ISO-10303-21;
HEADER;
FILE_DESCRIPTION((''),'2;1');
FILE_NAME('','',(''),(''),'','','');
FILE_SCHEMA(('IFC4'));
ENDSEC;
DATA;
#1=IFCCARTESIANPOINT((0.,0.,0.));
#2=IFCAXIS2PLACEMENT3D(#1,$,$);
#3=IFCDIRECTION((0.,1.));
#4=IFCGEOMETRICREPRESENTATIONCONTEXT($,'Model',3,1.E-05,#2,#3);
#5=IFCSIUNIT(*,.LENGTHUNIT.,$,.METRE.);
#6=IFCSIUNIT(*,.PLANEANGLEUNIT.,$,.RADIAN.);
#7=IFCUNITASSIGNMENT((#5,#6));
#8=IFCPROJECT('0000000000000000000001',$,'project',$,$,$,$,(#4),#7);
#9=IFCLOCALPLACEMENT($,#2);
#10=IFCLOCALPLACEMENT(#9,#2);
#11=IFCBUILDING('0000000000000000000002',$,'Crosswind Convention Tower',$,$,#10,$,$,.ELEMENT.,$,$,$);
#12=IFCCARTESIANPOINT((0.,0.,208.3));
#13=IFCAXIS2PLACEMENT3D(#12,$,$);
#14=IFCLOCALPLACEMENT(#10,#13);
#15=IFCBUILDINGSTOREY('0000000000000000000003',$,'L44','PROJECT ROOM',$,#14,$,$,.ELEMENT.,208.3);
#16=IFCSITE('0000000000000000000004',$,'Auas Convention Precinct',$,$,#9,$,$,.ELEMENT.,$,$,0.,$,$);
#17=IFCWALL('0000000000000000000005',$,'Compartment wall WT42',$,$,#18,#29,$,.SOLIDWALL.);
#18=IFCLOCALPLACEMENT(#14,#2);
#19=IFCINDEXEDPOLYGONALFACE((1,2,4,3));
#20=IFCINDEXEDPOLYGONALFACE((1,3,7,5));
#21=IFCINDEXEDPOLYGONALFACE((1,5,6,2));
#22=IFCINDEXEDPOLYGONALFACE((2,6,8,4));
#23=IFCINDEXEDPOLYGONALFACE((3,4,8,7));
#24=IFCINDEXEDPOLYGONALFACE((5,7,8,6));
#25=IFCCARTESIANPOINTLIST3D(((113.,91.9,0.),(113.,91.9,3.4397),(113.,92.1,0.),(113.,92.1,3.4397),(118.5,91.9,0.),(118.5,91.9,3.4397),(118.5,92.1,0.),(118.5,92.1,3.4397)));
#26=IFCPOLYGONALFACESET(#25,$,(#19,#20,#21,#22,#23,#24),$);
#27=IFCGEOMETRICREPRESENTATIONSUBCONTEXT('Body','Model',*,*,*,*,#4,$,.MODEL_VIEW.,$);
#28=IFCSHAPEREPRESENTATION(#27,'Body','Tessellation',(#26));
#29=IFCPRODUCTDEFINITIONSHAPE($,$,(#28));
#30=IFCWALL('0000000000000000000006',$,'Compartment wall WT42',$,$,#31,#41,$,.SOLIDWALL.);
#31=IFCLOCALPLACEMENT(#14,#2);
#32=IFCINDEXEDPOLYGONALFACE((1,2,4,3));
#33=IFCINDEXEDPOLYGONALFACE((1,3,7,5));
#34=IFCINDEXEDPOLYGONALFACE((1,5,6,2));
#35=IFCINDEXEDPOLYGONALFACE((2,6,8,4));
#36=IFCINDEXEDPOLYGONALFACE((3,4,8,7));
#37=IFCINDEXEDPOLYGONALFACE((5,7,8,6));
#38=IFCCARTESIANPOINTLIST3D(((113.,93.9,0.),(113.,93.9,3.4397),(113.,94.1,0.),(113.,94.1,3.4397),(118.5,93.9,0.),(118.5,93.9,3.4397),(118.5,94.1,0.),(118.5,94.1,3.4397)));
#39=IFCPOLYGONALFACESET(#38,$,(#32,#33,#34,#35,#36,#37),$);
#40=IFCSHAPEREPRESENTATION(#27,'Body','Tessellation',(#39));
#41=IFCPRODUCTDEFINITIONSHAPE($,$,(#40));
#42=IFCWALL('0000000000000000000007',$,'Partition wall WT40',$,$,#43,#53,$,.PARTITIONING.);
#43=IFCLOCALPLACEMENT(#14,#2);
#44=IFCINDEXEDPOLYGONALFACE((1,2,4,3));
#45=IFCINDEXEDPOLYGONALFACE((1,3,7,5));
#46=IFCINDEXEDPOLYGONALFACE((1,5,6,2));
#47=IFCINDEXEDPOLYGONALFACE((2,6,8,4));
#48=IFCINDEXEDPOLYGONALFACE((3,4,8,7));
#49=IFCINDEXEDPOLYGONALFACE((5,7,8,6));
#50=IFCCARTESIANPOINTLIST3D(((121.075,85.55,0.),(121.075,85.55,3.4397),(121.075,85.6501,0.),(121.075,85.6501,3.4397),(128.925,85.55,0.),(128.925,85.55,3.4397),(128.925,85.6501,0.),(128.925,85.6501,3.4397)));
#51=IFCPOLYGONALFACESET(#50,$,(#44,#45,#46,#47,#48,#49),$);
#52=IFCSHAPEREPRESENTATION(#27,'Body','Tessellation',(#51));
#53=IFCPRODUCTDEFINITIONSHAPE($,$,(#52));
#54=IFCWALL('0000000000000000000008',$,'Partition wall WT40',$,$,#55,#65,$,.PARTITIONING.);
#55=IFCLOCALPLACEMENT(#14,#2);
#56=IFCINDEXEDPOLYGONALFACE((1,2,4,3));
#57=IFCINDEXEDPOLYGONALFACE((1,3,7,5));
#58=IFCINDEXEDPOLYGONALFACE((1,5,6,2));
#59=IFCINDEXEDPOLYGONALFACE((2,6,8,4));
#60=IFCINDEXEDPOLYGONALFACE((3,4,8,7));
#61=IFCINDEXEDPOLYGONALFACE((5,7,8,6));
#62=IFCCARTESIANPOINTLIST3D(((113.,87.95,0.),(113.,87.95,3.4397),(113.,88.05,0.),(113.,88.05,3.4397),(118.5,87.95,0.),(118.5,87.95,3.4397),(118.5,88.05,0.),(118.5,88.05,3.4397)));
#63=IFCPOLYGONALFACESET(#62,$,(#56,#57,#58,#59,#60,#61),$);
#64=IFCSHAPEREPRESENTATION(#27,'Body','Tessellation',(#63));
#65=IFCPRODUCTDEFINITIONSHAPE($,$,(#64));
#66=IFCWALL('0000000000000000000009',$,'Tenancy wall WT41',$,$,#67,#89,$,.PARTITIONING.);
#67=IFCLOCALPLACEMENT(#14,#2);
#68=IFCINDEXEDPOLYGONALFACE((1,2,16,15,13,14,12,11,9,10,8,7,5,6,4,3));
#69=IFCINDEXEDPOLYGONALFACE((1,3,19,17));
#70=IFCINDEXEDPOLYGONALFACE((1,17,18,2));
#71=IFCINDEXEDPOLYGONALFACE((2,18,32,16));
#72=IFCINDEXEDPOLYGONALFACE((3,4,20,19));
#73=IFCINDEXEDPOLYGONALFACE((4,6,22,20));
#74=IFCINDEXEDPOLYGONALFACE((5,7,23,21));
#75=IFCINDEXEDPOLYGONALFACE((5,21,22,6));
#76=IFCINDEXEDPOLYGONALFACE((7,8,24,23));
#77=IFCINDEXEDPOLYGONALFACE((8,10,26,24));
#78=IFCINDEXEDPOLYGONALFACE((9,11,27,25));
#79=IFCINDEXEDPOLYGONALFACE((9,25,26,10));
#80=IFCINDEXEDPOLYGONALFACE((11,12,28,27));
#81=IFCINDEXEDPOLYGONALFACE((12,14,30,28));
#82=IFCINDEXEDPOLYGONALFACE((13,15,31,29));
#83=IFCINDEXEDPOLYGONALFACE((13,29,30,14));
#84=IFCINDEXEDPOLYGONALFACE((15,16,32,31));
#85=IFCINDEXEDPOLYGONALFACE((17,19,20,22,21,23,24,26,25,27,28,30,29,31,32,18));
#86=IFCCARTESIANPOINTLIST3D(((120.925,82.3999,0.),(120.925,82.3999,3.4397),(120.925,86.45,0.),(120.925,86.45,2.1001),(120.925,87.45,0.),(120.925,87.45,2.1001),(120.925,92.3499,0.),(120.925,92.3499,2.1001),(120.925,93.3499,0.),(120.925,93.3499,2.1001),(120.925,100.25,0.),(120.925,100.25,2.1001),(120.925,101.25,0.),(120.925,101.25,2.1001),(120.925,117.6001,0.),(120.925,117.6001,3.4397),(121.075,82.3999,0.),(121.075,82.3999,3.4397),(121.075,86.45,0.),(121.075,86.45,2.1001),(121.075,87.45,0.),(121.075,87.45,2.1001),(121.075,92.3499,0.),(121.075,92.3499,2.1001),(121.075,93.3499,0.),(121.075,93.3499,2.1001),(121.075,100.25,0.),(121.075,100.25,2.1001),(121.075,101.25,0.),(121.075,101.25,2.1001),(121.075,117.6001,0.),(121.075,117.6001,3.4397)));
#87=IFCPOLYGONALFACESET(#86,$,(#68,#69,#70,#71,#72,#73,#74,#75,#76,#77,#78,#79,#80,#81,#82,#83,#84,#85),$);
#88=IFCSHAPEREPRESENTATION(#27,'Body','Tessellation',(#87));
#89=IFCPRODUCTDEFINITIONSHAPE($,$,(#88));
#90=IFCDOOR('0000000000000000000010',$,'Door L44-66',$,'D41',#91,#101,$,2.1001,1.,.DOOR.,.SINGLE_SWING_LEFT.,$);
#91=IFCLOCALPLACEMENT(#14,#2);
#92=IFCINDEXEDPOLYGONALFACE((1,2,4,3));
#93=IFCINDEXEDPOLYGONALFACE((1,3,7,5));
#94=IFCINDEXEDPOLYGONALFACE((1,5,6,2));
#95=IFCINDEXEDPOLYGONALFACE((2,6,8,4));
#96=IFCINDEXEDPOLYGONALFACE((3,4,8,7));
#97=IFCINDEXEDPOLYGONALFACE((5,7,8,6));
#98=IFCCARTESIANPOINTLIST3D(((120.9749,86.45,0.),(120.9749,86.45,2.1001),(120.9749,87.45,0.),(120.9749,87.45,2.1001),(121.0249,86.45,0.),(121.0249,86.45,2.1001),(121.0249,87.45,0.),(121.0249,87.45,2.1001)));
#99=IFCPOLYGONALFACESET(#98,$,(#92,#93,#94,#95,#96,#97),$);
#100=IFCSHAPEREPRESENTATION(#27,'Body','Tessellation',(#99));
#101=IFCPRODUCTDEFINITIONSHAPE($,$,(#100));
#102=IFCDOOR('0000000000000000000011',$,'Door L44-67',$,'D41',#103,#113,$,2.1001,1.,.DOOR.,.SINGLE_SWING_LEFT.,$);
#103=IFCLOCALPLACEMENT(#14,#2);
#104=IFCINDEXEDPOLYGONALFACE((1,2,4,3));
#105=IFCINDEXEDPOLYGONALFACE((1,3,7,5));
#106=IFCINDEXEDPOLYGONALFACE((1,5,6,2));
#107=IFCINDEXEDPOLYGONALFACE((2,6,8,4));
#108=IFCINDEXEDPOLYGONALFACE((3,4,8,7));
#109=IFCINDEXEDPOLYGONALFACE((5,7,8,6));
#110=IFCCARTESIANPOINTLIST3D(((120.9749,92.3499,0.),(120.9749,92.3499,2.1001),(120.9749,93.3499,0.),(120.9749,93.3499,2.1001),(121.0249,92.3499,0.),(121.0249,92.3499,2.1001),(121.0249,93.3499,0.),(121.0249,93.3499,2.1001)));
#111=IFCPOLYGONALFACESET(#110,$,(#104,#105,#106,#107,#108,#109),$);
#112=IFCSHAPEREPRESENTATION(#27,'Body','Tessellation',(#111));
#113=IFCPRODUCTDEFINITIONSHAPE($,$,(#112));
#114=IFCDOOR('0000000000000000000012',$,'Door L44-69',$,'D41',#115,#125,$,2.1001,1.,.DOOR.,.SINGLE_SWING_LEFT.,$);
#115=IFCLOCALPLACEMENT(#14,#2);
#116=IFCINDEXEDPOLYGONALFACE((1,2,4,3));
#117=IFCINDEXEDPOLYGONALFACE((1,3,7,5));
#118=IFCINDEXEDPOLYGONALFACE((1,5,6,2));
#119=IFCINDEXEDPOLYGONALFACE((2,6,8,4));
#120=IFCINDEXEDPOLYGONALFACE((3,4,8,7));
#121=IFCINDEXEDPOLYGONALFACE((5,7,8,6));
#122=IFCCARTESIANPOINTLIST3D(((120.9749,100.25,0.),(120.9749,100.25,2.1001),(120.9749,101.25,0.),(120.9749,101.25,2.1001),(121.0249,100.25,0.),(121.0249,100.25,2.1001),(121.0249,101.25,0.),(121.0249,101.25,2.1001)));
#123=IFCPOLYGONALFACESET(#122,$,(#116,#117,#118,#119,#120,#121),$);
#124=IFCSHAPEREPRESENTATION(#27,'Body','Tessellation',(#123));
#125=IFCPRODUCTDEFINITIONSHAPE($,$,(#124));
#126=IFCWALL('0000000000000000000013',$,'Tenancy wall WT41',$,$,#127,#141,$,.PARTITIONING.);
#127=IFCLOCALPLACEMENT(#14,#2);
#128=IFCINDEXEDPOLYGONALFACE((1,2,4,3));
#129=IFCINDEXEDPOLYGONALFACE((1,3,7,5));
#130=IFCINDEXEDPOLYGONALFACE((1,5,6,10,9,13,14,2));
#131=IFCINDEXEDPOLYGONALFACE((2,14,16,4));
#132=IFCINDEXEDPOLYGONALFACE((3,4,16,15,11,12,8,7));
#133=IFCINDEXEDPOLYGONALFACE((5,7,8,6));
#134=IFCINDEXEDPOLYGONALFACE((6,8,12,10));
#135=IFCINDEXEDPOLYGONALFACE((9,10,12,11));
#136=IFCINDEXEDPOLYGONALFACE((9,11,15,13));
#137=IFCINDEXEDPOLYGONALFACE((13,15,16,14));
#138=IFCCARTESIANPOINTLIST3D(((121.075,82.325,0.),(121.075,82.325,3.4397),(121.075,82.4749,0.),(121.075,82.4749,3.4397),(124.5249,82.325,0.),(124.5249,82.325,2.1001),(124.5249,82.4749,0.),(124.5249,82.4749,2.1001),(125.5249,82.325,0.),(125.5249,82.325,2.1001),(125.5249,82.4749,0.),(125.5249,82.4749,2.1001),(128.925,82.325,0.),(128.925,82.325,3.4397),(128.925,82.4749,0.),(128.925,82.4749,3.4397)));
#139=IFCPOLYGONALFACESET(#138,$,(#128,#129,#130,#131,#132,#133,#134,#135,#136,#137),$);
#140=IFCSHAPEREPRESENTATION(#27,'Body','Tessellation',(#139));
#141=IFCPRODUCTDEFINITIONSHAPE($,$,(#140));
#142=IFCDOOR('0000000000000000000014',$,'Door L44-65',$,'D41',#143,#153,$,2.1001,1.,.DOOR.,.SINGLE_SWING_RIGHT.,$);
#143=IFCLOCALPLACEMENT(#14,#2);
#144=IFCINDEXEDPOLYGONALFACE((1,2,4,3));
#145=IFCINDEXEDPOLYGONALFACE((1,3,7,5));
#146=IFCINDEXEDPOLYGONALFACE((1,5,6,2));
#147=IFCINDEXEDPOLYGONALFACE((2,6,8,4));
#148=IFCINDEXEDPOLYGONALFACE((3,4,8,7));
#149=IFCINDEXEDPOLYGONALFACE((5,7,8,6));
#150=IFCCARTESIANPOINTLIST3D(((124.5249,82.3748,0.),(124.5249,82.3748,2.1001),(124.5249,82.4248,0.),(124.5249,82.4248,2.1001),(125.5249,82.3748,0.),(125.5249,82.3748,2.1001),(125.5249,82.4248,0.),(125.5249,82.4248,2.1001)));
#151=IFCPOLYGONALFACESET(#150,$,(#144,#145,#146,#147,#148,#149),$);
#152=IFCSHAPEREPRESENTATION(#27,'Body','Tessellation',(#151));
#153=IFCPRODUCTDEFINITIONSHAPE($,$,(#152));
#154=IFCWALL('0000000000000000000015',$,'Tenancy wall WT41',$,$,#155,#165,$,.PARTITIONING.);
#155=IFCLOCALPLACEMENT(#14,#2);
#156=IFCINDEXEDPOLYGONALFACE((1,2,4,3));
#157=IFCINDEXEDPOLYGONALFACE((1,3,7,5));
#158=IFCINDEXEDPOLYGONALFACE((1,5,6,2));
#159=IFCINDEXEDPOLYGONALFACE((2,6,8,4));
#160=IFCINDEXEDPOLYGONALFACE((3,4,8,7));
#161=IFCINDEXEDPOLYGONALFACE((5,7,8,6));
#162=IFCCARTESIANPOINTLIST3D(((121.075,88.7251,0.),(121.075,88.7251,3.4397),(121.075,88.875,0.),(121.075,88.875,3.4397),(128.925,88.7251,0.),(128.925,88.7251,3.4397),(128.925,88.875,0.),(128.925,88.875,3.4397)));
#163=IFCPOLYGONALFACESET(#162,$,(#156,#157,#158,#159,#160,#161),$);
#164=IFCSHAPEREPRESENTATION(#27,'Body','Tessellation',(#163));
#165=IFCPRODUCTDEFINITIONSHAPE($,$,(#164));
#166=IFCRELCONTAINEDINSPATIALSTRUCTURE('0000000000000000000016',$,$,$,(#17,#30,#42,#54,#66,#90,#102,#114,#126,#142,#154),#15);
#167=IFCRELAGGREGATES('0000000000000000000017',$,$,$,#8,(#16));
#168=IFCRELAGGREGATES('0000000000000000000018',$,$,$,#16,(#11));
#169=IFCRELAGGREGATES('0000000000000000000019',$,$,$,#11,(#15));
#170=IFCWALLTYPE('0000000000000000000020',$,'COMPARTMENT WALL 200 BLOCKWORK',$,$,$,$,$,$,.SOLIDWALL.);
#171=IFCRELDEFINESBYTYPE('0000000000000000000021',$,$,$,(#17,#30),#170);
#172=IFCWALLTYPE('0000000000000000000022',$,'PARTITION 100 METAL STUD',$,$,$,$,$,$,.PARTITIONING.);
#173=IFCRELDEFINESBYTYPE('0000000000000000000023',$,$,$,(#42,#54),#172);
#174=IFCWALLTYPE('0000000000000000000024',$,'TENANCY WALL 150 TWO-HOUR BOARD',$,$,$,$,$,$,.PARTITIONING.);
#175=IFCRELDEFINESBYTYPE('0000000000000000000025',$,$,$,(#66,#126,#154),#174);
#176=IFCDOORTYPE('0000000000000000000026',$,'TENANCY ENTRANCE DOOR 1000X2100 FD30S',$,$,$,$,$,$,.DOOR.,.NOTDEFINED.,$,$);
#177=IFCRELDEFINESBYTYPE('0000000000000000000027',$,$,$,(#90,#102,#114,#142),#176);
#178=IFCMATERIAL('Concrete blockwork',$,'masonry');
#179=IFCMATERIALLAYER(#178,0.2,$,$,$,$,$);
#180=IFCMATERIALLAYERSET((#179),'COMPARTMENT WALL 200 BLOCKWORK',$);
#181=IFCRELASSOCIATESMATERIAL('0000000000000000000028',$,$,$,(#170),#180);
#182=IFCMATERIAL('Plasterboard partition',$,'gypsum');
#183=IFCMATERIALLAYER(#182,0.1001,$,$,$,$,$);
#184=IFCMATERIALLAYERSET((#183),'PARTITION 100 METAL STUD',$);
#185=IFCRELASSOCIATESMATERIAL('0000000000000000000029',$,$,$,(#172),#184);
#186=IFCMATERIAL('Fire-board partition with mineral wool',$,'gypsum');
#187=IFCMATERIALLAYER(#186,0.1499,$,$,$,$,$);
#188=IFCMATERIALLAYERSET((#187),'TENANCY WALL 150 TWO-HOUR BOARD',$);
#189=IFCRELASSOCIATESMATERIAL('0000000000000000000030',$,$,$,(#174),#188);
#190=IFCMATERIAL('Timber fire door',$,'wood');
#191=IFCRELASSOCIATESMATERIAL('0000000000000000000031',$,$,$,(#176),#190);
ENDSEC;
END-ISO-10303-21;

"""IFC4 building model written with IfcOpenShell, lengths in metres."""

from ifc_helpers import new_model, si_unit, direction, frame, frame_2d, origin, place, context, subcontext, project, spatial, rectangle, extrude, material, layer, layer_set, type_object, element, fill, save


model = new_model("IFC4")

# Units and contexts
model_context = context("Model", 3, precision=1e-05, world=origin(), true_north=direction((0.0, 1.0)))
body_context = subcontext(model_context, "Body", "Model", "MODEL_VIEW")
ifc_project = project(units=[si_unit("LENGTHUNIT", "METRE"), si_unit("PLANEANGLEUNIT", "RADIAN")], contexts=[model_context])

# Site, building, storey
site_placement = place(None, origin())
site = spatial("IfcSite", under=ifc_project, at=site_placement, Name="Auas Convention Precinct", CompositionType="ELEMENT", RefElevation=0.0)
building_placement = place(site_placement, origin())
building = spatial("IfcBuilding", under=site, at=building_placement, Name="Crosswind Convention Tower", CompositionType="ELEMENT")
storey_placement = place(building_placement, frame((0.0, 0.0, 208.3)))
storey = spatial("IfcBuildingStorey", under=building, at=storey_placement, Name="L44", Description="PROJECT ROOM", CompositionType="ELEMENT", Elevation=208.3)

# Walls
ifc_material_1 = material(Name="Concrete blockwork", Category="masonry")
ifc_layer_1 = layer(ifc_material_1, 0.2)
ifc_layer_set_1 = layer_set([ifc_layer_1], Name="COMPARTMENT WALL 200 BLOCKWORK")
wall_type_1 = type_object("IfcWallType", Name="COMPARTMENT WALL 200 BLOCKWORK", PredefinedType="SOLIDWALL", material=ifc_layer_set_1)
for number, where, z_axis, x_axis, name in (
    (1, (113.0, 92.0, 0.0), (0.0, 0.0, 1.0), (1.0, 0.0, 0.0), "Compartment wall WT42"),
    (2, (113.0, 94.0, 0.0), (0.0, 0.0, 1.0), (1.0, 0.0, 0.0), "Compartment wall WT42"),
):
    element("IfcWall", number, at=place(storey_placement, frame(where, z_axis=z_axis, x_axis=x_axis)), inside=storey, type_object=wall_type_1, Name=name, PredefinedType="SOLIDWALL", context=body_context, shape_type="SweptSolid", body=[
        extrude(rectangle(XDim=5.5, YDim=0.2, at=frame_2d((2.75, 0.0))), origin(), (0.0, 0.0, 1.0), 3.4397),
    ])
ifc_material_2 = material(Name="Plasterboard partition", Category="gypsum")
ifc_layer_2 = layer(ifc_material_2, 0.1001)
ifc_layer_set_2 = layer_set([ifc_layer_2], Name="PARTITION 100 METAL STUD")
wall_type_2 = type_object("IfcWallType", Name="PARTITION 100 METAL STUD", PredefinedType="PARTITIONING", material=ifc_layer_set_2)
wall_1_placement = place(storey_placement, frame((121.075, 85.6001, 0.0), z_axis=(0.0, 0.0, 1.0), x_axis=(1.0, 0.0, 0.0)))
element("IfcWall", 3, at=wall_1_placement, inside=storey, type_object=wall_type_2, Name="Partition wall WT40", PredefinedType="PARTITIONING", context=body_context, shape_type="SweptSolid", body=[
    extrude(rectangle(XDim=7.8501, YDim=0.1001, at=frame_2d((3.925, 0.0))), origin(), (0.0, 0.0, 1.0), 3.4397),
])
wall_2_placement = place(storey_placement, frame((113.0, 88.0, 0.0), z_axis=(0.0, 0.0, 1.0), x_axis=(1.0, 0.0, 0.0)))
element("IfcWall", 4, at=wall_2_placement, inside=storey, type_object=wall_type_2, Name="Partition wall WT40", PredefinedType="PARTITIONING", context=body_context, shape_type="SweptSolid", body=[
    extrude(rectangle(XDim=5.5, YDim=0.1001, at=frame_2d((2.75, 0.0))), origin(), (0.0, 0.0, 1.0), 3.4397),
])

# Wall, openings, doors
ifc_material_3 = material(Name="Fire-board partition with mineral wool", Category="gypsum")
ifc_layer_3 = layer(ifc_material_3, 0.1499)
ifc_layer_set_3 = layer_set([ifc_layer_3], Name="TENANCY WALL 150 TWO-HOUR BOARD")
wall_type_3 = type_object("IfcWallType", Name="TENANCY WALL 150 TWO-HOUR BOARD", PredefinedType="PARTITIONING", material=ifc_layer_set_3)
wall_3_placement = place(storey_placement, frame((121.0, 82.3999, 0.0), z_axis=(0.0, 0.0, 1.0), x_axis=(0.0, 1.0, 0.0)))
wall_3 = element("IfcWall", 5, at=wall_3_placement, inside=storey, type_object=wall_type_3, Name="Tenancy wall WT41", PredefinedType="PARTITIONING", context=body_context, shape_type="SweptSolid", body=[
    extrude(rectangle(XDim=35.2002, YDim=0.1499, at=frame_2d((17.6001, 0.0))), origin(), (0.0, 0.0, 1.0), 3.4397),
])
opening_1_placement = place(wall_3_placement, frame((4.05, 0.0, 0.0)))
opening_1 = element("IfcOpeningElement", 6, at=opening_1_placement, cuts=wall_3, PredefinedType="OPENING", context=body_context, shape_type="SweptSolid", body=[
    extrude(rectangle(XDim=1.0, YDim=2.1001, at=frame_2d((0.5, 1.05))), frame((0.0, 0.085, 0.0), z_axis=(0.0, -1.0, 0.0), x_axis=(1.0, 0.0, 0.0)), (0.0, 0.0, 1.0), 0.1699),
])
opening_2_placement = place(wall_3_placement, frame((9.95, 0.0, 0.0)))
opening_2 = element("IfcOpeningElement", 7, at=opening_2_placement, cuts=wall_3, PredefinedType="OPENING", context=body_context, shape_type="SweptSolid", body=[
    extrude(rectangle(XDim=1.0, YDim=2.1001, at=frame_2d((0.5, 1.05))), frame((0.0, 0.085, 0.0), z_axis=(0.0, -1.0, 0.0), x_axis=(1.0, 0.0, 0.0)), (0.0, 0.0, 1.0), 0.1699),
])
opening_3_placement = place(wall_3_placement, frame((17.8501, 0.0, 0.0)))
opening_3 = element("IfcOpeningElement", 8, at=opening_3_placement, cuts=wall_3, PredefinedType="OPENING", context=body_context, shape_type="SweptSolid", body=[
    extrude(rectangle(XDim=1.0, YDim=2.1001, at=frame_2d((0.5, 1.05))), frame((0.0, 0.085, 0.0), z_axis=(0.0, -1.0, 0.0), x_axis=(1.0, 0.0, 0.0)), (0.0, 0.0, 1.0), 0.1699),
])
ifc_material_4 = material(Name="Timber fire door", Category="wood")
door_type = type_object("IfcDoorType", Name="TENANCY ENTRANCE DOOR 1000X2100 FD30S", OperationType="NOTDEFINED", PredefinedType="DOOR", material=ifc_material_4)
door_1_placement = place(opening_1_placement, frame((1.0, 0.0, 0.0), z_axis=(0.0, 0.0, 1.0), x_axis=(-1.0, 0.0, 0.0)))
door_1 = element("IfcDoor", 9, at=door_1_placement, inside=storey, type_object=door_type, Name="Door L44-66", ObjectType="D41", OperationType="SINGLE_SWING_LEFT", OverallHeight=2.1001, OverallWidth=1.0, PredefinedType="DOOR", context=body_context, shape_type="SweptSolid", body=[
    extrude(rectangle(XDim=1.0, YDim=2.1001, at=frame_2d((0.5, 1.05))), frame((0.0, 0.0249, 0.0), z_axis=(0.0, -1.0, 0.0), x_axis=(1.0, 0.0, 0.0)), (0.0, 0.0, 1.0), 0.05),
])
fill(opening_1, door_1)
door_2_placement = place(opening_2_placement, frame((1.0, 0.0, 0.0), z_axis=(0.0, 0.0, 1.0), x_axis=(-1.0, 0.0, 0.0)))
door_2 = element("IfcDoor", 10, at=door_2_placement, inside=storey, type_object=door_type, Name="Door L44-67", ObjectType="D41", OperationType="SINGLE_SWING_LEFT", OverallHeight=2.1001, OverallWidth=1.0, PredefinedType="DOOR", context=body_context, shape_type="SweptSolid", body=[
    extrude(rectangle(XDim=1.0, YDim=2.1001, at=frame_2d((0.5, 1.05))), frame((0.0, 0.0249, 0.0), z_axis=(0.0, -1.0, 0.0), x_axis=(1.0, 0.0, 0.0)), (0.0, 0.0, 1.0), 0.05),
])
fill(opening_2, door_2)
door_3_placement = place(opening_3_placement, frame((1.0, 0.0, 0.0), z_axis=(0.0, 0.0, 1.0), x_axis=(-1.0, 0.0, 0.0)))
door_3 = element("IfcDoor", 11, at=door_3_placement, inside=storey, type_object=door_type, Name="Door L44-69", ObjectType="D41", OperationType="SINGLE_SWING_LEFT", OverallHeight=2.1001, OverallWidth=1.0, PredefinedType="DOOR", context=body_context, shape_type="SweptSolid", body=[
    extrude(rectangle(XDim=1.0, YDim=2.1001, at=frame_2d((0.5, 1.05))), frame((0.0, 0.0249, 0.0), z_axis=(0.0, -1.0, 0.0), x_axis=(1.0, 0.0, 0.0)), (0.0, 0.0, 1.0), 0.05),
])
fill(opening_3, door_3)

# Wall, opening, door
wall_4_placement = place(storey_placement, frame((121.075, 82.3999, 0.0), z_axis=(0.0, 0.0, 1.0), x_axis=(1.0, 0.0, 0.0)))
wall_4 = element("IfcWall", 12, at=wall_4_placement, inside=storey, type_object=wall_type_3, Name="Tenancy wall WT41", PredefinedType="PARTITIONING", context=body_context, shape_type="SweptSolid", body=[
    extrude(rectangle(XDim=7.8501, YDim=0.1499, at=frame_2d((3.925, 0.0))), origin(), (0.0, 0.0, 1.0), 3.4397),
])
opening_4_placement = place(wall_4_placement, frame((3.45, 0.0, 0.0)))
opening_4 = element("IfcOpeningElement", 13, at=opening_4_placement, cuts=wall_4, PredefinedType="OPENING", context=body_context, shape_type="SweptSolid", body=[
    extrude(rectangle(XDim=1.0, YDim=2.1001, at=frame_2d((0.5, 1.05))), frame((0.0, 0.085, 0.0), z_axis=(0.0, -1.0, 0.0), x_axis=(1.0, 0.0, 0.0)), (0.0, 0.0, 1.0), 0.1699),
])
door_4_placement = place(opening_4_placement, origin())
door_4 = element("IfcDoor", 14, at=door_4_placement, inside=storey, type_object=door_type, Name="Door L44-65", ObjectType="D41", OperationType="SINGLE_SWING_RIGHT", OverallHeight=2.1001, OverallWidth=1.0, PredefinedType="DOOR", context=body_context, shape_type="SweptSolid", body=[
    extrude(rectangle(XDim=1.0, YDim=2.1001, at=frame_2d((0.5, 1.05))), frame((0.0, 0.0249, 0.0), z_axis=(0.0, -1.0, 0.0), x_axis=(1.0, 0.0, 0.0)), (0.0, 0.0, 1.0), 0.05),
])
fill(opening_4, door_4)

# Wall
wall_5_placement = place(storey_placement, frame((121.075, 88.8, 0.0), z_axis=(0.0, 0.0, 1.0), x_axis=(1.0, 0.0, 0.0)))
element("IfcWall", 15, at=wall_5_placement, inside=storey, type_object=wall_type_3, Name="Tenancy wall WT41", PredefinedType="PARTITIONING", context=body_context, shape_type="SweptSolid", body=[
    extrude(rectangle(XDim=7.8501, YDim=0.1499, at=frame_2d((3.925, 0.0))), origin(), (0.0, 0.0, 1.0), 3.4397),
])

save(model, "model.ifc")
